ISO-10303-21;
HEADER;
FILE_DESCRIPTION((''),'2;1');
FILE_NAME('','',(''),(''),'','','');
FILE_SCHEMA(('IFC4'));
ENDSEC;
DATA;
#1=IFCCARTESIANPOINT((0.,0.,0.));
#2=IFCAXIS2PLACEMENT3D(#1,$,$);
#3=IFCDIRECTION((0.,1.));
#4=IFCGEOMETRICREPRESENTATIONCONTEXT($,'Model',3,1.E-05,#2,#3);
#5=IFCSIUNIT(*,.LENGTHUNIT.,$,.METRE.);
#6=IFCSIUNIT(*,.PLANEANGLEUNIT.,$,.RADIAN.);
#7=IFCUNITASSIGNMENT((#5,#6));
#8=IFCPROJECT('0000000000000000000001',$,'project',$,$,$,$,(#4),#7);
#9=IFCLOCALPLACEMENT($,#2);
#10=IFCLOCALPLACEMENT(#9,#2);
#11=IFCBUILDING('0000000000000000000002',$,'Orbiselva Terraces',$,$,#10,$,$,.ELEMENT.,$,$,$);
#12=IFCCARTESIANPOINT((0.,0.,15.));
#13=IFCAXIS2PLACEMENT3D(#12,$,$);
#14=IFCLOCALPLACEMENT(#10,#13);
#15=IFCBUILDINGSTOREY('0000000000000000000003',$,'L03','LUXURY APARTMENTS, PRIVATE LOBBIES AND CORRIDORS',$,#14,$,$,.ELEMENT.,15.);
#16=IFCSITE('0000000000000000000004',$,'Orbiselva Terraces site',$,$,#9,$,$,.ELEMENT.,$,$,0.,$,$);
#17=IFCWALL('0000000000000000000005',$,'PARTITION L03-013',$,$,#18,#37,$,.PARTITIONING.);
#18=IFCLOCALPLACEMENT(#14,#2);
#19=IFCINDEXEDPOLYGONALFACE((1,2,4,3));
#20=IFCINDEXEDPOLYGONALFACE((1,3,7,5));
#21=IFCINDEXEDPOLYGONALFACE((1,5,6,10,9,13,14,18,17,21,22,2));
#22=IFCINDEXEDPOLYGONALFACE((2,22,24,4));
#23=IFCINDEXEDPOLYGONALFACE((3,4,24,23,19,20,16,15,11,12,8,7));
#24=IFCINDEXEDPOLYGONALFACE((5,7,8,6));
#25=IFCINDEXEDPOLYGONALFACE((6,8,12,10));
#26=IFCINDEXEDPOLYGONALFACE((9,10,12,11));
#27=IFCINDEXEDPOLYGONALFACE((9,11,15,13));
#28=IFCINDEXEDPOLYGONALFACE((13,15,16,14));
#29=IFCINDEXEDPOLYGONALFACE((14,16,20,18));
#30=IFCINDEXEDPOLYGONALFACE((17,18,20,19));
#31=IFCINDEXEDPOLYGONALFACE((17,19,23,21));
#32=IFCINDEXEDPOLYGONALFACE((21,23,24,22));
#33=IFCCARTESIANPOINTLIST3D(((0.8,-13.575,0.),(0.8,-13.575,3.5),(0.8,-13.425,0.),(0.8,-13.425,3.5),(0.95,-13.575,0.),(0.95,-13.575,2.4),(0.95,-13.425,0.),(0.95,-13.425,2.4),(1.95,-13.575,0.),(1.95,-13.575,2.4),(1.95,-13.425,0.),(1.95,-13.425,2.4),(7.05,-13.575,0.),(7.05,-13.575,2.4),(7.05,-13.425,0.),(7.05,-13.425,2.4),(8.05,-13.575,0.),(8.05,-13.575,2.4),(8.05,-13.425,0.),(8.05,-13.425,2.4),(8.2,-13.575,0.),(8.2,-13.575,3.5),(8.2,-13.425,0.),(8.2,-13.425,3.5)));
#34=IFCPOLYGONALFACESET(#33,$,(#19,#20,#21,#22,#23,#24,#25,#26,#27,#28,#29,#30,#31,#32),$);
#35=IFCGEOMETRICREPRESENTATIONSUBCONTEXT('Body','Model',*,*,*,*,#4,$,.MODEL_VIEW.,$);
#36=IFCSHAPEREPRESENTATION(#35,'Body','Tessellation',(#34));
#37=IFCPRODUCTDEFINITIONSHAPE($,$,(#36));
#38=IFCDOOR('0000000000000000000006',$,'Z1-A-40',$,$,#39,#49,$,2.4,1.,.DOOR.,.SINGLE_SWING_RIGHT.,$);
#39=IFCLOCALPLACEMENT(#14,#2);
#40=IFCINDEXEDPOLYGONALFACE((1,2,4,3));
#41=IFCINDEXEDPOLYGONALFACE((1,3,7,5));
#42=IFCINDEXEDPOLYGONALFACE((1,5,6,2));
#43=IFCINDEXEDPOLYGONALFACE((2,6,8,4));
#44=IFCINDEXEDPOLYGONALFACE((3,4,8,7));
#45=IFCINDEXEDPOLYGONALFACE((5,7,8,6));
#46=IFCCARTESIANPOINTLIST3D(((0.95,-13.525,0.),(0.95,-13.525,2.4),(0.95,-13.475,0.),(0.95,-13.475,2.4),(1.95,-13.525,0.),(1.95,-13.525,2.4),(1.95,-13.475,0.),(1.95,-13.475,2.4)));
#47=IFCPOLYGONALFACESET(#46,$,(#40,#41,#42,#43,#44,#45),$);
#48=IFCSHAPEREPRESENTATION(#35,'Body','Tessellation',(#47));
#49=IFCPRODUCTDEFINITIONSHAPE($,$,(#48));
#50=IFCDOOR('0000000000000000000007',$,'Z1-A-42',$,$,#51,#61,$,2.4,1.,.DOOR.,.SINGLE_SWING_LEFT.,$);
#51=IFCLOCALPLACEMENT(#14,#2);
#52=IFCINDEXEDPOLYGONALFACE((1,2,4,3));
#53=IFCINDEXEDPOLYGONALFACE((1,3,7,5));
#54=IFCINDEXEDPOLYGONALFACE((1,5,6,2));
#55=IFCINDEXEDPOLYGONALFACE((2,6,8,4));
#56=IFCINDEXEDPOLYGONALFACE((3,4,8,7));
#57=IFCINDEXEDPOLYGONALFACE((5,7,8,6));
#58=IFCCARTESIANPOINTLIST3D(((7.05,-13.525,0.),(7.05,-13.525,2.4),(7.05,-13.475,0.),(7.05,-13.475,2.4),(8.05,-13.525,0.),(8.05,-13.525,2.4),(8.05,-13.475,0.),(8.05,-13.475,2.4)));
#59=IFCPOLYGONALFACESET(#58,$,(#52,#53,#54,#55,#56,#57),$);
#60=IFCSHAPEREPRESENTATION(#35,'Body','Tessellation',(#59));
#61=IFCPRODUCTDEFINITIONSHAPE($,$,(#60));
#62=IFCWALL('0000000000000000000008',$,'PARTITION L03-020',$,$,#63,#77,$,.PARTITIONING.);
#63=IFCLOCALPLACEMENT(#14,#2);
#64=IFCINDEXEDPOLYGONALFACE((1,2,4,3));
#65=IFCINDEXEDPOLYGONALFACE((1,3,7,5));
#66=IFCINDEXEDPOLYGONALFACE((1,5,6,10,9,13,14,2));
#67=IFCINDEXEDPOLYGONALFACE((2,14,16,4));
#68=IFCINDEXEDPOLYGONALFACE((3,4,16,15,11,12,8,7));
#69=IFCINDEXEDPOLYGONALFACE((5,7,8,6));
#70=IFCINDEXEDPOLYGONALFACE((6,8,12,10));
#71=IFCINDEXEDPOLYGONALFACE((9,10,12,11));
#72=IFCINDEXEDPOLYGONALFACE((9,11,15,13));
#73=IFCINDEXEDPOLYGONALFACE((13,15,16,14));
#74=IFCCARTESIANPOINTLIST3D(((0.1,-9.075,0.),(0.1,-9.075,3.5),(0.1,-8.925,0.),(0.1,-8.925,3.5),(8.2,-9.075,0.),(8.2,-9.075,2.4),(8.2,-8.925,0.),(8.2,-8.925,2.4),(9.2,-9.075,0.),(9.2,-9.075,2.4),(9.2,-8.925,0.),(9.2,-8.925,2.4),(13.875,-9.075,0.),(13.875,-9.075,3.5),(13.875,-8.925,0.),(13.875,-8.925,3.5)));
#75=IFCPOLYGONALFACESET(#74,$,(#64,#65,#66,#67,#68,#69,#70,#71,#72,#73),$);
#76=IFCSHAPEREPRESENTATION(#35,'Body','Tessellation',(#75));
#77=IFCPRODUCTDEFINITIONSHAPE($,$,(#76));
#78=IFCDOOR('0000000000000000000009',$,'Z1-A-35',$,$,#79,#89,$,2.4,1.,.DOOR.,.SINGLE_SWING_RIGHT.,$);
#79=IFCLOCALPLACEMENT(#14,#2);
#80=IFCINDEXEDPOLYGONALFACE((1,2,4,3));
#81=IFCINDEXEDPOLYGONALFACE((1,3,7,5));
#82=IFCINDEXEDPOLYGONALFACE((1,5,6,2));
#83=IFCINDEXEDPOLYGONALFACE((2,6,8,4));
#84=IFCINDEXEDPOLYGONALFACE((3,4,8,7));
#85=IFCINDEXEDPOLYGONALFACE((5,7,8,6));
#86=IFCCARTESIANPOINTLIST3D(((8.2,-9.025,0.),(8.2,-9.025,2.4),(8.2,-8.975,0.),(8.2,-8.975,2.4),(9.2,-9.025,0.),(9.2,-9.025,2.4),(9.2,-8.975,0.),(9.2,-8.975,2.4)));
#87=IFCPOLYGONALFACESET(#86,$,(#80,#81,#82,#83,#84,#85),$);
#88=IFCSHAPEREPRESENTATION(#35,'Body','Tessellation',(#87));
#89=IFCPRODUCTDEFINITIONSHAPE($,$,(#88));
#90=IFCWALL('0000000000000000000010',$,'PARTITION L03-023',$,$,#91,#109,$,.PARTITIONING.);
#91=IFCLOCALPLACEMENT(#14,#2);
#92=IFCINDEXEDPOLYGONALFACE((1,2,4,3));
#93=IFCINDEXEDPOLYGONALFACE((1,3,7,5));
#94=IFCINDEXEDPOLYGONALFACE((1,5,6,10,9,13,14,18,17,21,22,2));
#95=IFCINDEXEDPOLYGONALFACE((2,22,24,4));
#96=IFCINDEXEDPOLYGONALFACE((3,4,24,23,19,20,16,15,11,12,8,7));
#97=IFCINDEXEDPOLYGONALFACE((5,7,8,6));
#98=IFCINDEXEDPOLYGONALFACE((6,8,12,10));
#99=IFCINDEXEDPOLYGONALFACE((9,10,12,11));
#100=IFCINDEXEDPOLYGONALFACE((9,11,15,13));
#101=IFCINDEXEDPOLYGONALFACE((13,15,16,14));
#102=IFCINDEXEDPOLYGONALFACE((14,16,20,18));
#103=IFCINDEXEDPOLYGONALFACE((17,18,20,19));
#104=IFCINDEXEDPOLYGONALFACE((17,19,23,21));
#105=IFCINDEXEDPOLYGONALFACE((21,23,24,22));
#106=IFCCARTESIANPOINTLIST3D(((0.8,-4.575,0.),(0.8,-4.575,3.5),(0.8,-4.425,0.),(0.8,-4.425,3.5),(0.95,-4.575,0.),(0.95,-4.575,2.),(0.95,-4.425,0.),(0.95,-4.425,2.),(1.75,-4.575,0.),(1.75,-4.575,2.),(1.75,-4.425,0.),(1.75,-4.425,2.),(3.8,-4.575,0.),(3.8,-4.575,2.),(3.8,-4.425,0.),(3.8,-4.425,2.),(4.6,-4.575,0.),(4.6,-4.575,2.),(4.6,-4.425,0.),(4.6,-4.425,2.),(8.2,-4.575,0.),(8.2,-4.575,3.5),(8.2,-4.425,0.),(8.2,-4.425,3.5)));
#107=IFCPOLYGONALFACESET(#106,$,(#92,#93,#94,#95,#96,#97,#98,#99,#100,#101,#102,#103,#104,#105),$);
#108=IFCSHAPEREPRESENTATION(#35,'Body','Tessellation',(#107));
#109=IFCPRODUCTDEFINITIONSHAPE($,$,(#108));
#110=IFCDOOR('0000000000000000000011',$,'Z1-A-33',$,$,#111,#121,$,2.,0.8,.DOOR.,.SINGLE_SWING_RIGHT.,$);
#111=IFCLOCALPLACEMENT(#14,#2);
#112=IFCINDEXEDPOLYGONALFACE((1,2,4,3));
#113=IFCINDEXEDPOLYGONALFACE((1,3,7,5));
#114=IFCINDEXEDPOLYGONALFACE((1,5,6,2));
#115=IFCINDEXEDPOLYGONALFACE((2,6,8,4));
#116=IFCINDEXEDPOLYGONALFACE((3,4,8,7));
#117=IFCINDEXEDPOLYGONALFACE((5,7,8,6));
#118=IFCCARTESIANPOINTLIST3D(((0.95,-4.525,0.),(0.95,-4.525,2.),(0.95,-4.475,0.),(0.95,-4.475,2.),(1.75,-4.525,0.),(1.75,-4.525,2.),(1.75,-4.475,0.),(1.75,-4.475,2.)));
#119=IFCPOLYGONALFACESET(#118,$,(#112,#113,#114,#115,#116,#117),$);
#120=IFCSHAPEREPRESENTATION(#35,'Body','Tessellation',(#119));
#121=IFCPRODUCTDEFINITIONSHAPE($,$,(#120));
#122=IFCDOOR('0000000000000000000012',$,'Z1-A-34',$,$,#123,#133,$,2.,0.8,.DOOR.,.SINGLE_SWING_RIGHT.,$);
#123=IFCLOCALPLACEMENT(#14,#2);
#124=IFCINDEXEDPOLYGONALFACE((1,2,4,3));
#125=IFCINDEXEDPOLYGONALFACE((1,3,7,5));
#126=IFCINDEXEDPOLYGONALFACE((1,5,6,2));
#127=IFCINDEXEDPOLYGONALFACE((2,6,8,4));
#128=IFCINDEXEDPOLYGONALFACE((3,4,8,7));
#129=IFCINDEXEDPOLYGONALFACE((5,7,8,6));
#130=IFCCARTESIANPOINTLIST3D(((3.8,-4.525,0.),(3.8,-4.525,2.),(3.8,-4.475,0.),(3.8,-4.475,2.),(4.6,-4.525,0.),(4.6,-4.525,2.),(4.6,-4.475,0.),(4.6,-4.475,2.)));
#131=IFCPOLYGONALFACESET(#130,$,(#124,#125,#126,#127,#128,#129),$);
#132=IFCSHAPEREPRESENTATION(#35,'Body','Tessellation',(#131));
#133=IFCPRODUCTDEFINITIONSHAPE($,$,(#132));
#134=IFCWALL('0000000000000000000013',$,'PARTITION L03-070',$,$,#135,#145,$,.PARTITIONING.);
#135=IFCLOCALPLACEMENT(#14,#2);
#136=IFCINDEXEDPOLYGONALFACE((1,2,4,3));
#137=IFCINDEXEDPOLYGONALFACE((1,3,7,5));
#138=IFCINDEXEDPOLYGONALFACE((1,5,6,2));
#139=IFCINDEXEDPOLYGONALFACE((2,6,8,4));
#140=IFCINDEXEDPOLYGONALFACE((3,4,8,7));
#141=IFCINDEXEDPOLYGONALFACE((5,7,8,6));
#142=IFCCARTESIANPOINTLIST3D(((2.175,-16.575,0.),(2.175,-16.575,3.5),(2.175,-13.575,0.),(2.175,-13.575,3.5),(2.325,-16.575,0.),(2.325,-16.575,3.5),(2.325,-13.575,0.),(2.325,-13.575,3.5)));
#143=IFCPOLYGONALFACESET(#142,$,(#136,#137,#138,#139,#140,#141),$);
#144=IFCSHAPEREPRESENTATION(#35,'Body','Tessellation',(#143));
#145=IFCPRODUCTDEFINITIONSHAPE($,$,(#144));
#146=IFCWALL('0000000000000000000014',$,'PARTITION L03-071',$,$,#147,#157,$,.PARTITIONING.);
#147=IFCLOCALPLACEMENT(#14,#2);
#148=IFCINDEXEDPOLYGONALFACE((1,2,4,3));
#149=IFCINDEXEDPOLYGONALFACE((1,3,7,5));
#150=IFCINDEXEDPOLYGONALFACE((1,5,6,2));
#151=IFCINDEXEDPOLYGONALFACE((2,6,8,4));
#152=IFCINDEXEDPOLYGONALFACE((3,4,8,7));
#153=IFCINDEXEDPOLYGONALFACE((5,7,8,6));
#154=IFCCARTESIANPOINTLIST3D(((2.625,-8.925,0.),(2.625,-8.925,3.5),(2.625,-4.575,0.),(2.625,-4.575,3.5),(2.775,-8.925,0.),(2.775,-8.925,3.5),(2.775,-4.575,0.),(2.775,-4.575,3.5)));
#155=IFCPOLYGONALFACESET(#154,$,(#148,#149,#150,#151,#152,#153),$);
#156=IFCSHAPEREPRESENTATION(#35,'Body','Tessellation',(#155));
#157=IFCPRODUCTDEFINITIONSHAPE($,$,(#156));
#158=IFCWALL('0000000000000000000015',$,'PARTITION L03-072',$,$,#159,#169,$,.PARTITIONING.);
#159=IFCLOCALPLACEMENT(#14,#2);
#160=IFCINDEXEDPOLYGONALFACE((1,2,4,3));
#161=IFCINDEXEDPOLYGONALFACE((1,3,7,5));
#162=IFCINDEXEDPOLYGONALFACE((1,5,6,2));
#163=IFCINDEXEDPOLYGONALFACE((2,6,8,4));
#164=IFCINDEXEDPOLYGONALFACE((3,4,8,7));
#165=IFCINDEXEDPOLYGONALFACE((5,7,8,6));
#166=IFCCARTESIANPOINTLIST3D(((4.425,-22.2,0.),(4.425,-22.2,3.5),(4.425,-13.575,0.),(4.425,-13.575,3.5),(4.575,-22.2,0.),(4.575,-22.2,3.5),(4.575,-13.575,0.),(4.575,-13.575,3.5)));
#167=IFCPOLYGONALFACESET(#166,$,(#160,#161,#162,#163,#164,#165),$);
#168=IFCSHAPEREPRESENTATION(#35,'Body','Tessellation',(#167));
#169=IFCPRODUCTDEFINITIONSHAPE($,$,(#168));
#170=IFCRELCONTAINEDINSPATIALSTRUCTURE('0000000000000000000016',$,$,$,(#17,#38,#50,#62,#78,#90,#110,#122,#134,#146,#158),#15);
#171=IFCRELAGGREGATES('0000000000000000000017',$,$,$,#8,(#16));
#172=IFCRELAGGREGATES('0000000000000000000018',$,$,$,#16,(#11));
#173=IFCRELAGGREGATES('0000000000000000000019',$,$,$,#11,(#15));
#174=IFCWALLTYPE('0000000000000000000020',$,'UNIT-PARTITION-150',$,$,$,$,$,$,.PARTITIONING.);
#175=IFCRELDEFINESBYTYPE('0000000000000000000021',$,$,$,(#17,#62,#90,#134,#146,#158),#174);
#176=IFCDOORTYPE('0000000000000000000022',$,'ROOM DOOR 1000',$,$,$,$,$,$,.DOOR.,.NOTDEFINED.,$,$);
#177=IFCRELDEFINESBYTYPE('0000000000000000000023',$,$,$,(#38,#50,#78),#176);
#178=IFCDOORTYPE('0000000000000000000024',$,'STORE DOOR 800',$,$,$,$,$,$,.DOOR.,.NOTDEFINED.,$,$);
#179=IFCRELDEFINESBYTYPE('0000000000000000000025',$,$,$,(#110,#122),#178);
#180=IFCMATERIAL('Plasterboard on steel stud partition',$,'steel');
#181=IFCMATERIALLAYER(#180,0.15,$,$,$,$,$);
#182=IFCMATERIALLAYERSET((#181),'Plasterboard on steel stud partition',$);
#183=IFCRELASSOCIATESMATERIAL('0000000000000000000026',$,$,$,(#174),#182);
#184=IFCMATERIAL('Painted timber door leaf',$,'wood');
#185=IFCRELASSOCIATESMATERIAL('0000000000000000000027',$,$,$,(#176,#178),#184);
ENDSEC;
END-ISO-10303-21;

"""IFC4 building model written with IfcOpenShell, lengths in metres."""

from ifc_helpers import new_model, si_unit, direction, frame, frame_2d, origin, place, context, subcontext, project, spatial, rectangle, extrude, material, layer, layer_set, type_object, element, fill, save


model = new_model("IFC4")

# Units and contexts
model_context = context("Model", 3, precision=1e-05, world=origin(), true_north=direction((0.0, 1.0)))
body_context = subcontext(model_context, "Body", "Model", "MODEL_VIEW")
ifc_project = project(units=[si_unit("LENGTHUNIT", "METRE"), si_unit("PLANEANGLEUNIT", "RADIAN")], contexts=[model_context])

# Site, building, storey
site_placement = place(None, origin())
site = spatial("IfcSite", under=ifc_project, at=site_placement, Name="Orbiselva Terraces site", CompositionType="ELEMENT", RefElevation=0.0)
building_placement = place(site_placement, origin())
building = spatial("IfcBuilding", under=site, at=building_placement, Name="Orbiselva Terraces", CompositionType="ELEMENT")
storey_placement = place(building_placement, frame((0.0, 0.0, 15.0)))
storey = spatial("IfcBuildingStorey", under=building, at=storey_placement, Name="L03", Description="LUXURY APARTMENTS, PRIVATE LOBBIES AND CORRIDORS", CompositionType="ELEMENT", Elevation=15.0)

# Shared definitions
ifc_material_1 = material(Name="Plasterboard on steel stud partition", Category="steel")

# Shared definitions
ifc_layer_1 = layer(ifc_material_1, 0.15)
ifc_layer_set_1 = layer_set([ifc_layer_1], Name="Plasterboard on steel stud partition")
wall_type_1 = type_object("IfcWallType", Name="UNIT-PARTITION-150", PredefinedType="PARTITIONING", material=ifc_layer_set_1)
ifc_material_2 = material(Name="Painted timber door leaf", Category="wood")

# Wall, openings, doors
wall_1_placement = place(storey_placement, frame((8.2, -13.5, 0.0), z_axis=(0.0, 0.0, 1.0), x_axis=(-1.0, 0.0, 0.0)))
wall_1 = element("IfcWall", 1, at=wall_1_placement, inside=storey, type_object=wall_type_1, Name="PARTITION L03-013", PredefinedType="PARTITIONING", context=body_context, shape_type="SweptSolid", body=[
    extrude(rectangle(XDim=7.4, YDim=0.15, at=frame_2d((3.7, 0.0))), origin(), (0.0, 0.0, 1.0), 3.5),
])
opening_1_placement = place(wall_1_placement, frame((6.25, 0.0, 0.0)))
opening_1 = element("IfcOpeningElement", 2, at=opening_1_placement, cuts=wall_1, PredefinedType="OPENING", context=body_context, shape_type="SweptSolid", body=[
    extrude(rectangle(XDim=1.0, YDim=2.4, at=frame_2d((0.5, 1.2))), frame((0.0, 0.085, 0.0), z_axis=(0.0, -1.0, 0.0), x_axis=(1.0, 0.0, 0.0)), (0.0, 0.0, 1.0), 0.17),
])
opening_2_placement = place(wall_1_placement, frame((0.15, 0.0, 0.0)))
opening_2 = element("IfcOpeningElement", 3, at=opening_2_placement, cuts=wall_1, PredefinedType="OPENING", context=body_context, shape_type="SweptSolid", body=[
    extrude(rectangle(XDim=1.0, YDim=2.4, at=frame_2d((0.5, 1.2))), frame((0.0, 0.085, 0.0), z_axis=(0.0, -1.0, 0.0), x_axis=(1.0, 0.0, 0.0)), (0.0, 0.0, 1.0), 0.17),
])
door_type_1 = type_object("IfcDoorType", Name="ROOM DOOR 1000", OperationType="NOTDEFINED", PredefinedType="DOOR", material=ifc_material_2)
door_1_placement = place(opening_1_placement, origin())
door_1 = element("IfcDoor", 4, at=door_1_placement, inside=storey, type_object=door_type_1, Name="Z1-A-40", OperationType="SINGLE_SWING_RIGHT", OverallHeight=2.4, OverallWidth=1.0, PredefinedType="DOOR", context=body_context, shape_type="SweptSolid", body=[
    extrude(rectangle(XDim=1.0, YDim=2.4, at=frame_2d((0.5, 1.2))), frame((0.0, 0.025, 0.0), z_axis=(0.0, -1.0, 0.0), x_axis=(1.0, 0.0, 0.0)), (0.0, 0.0, 1.0), 0.05),
])
fill(opening_1, door_1)
door_2_placement = place(opening_2_placement, origin())
door_2 = element("IfcDoor", 5, at=door_2_placement, inside=storey, type_object=door_type_1, Name="Z1-A-42", OperationType="SINGLE_SWING_LEFT", OverallHeight=2.4, OverallWidth=1.0, PredefinedType="DOOR", context=body_context, shape_type="SweptSolid", body=[
    extrude(rectangle(XDim=1.0, YDim=2.4, at=frame_2d((0.5, 1.2))), frame((0.0, 0.025, 0.0), z_axis=(0.0, -1.0, 0.0), x_axis=(1.0, 0.0, 0.0)), (0.0, 0.0, 1.0), 0.05),
])
fill(opening_2, door_2)

# Wall, opening, door
wall_2_placement = place(storey_placement, frame((0.1, -9.0, 0.0), z_axis=(0.0, 0.0, 1.0), x_axis=(1.0, 0.0, 0.0)))
wall_2 = element("IfcWall", 6, at=wall_2_placement, inside=storey, type_object=wall_type_1, Name="PARTITION L03-020", PredefinedType="PARTITIONING", context=body_context, shape_type="SweptSolid", body=[
    extrude(rectangle(XDim=13.775, YDim=0.15, at=frame_2d((6.8875, 0.0))), origin(), (0.0, 0.0, 1.0), 3.5),
])
opening_3_placement = place(wall_2_placement, frame((8.1, 0.0, 0.0)))
opening_3 = element("IfcOpeningElement", 7, at=opening_3_placement, cuts=wall_2, PredefinedType="OPENING", context=body_context, shape_type="SweptSolid", body=[
    extrude(rectangle(XDim=1.0, YDim=2.4, at=frame_2d((0.5, 1.2))), frame((0.0, 0.085, 0.0), z_axis=(0.0, -1.0, 0.0), x_axis=(1.0, 0.0, 0.0)), (0.0, 0.0, 1.0), 0.17),
])
door_3_placement = place(opening_3_placement, origin())
door_3 = element("IfcDoor", 8, at=door_3_placement, inside=storey, type_object=door_type_1, Name="Z1-A-35", OperationType="SINGLE_SWING_RIGHT", OverallHeight=2.4, OverallWidth=1.0, PredefinedType="DOOR", context=body_context, shape_type="SweptSolid", body=[
    extrude(rectangle(XDim=1.0, YDim=2.4, at=frame_2d((0.5, 1.2))), frame((0.0, 0.025, 0.0), z_axis=(0.0, -1.0, 0.0), x_axis=(1.0, 0.0, 0.0)), (0.0, 0.0, 1.0), 0.05),
])
fill(opening_3, door_3)

# Wall, openings, doors
wall_3_placement = place(storey_placement, frame((8.2, -4.5, 0.0), z_axis=(0.0, 0.0, 1.0), x_axis=(-1.0, 0.0, 0.0)))
wall_3 = element("IfcWall", 9, at=wall_3_placement, inside=storey, type_object=wall_type_1, Name="PARTITION L03-023", PredefinedType="PARTITIONING", context=body_context, shape_type="SweptSolid", body=[
    extrude(rectangle(XDim=7.4, YDim=0.15, at=frame_2d((3.7, 0.0))), origin(), (0.0, 0.0, 1.0), 3.5),
])
opening_4_placement = place(wall_3_placement, frame((6.45, 0.0, 0.0)))
opening_4 = element("IfcOpeningElement", 10, at=opening_4_placement, cuts=wall_3, PredefinedType="OPENING", context=body_context, shape_type="SweptSolid", body=[
    extrude(rectangle(XDim=0.8, YDim=2.0, at=frame_2d((0.4, 1.0))), frame((0.0, 0.085, 0.0), z_axis=(0.0, -1.0, 0.0), x_axis=(1.0, 0.0, 0.0)), (0.0, 0.0, 1.0), 0.17),
])
opening_5_placement = place(wall_3_placement, frame((3.6, 0.0, 0.0)))
opening_5 = element("IfcOpeningElement", 11, at=opening_5_placement, cuts=wall_3, PredefinedType="OPENING", context=body_context, shape_type="SweptSolid", body=[
    extrude(rectangle(XDim=0.8, YDim=2.0, at=frame_2d((0.4, 1.0))), frame((0.0, 0.085, 0.0), z_axis=(0.0, -1.0, 0.0), x_axis=(1.0, 0.0, 0.0)), (0.0, 0.0, 1.0), 0.17),
])
door_type_2 = type_object("IfcDoorType", Name="STORE DOOR 800", OperationType="NOTDEFINED", PredefinedType="DOOR", material=ifc_material_2)
door_4_placement = place(opening_4_placement, origin())
door_4 = element("IfcDoor", 12, at=door_4_placement, inside=storey, type_object=door_type_2, Name="Z1-A-33", OperationType="SINGLE_SWING_RIGHT", OverallHeight=2.0, OverallWidth=0.8, PredefinedType="DOOR", context=body_context, shape_type="SweptSolid", body=[
    extrude(rectangle(XDim=0.8, YDim=2.0, at=frame_2d((0.4, 1.0))), frame((0.0, 0.025, 0.0), z_axis=(0.0, -1.0, 0.0), x_axis=(1.0, 0.0, 0.0)), (0.0, 0.0, 1.0), 0.05),
])
fill(opening_4, door_4)
door_5_placement = place(opening_5_placement, origin())
door_5 = element("IfcDoor", 13, at=door_5_placement, inside=storey, type_object=door_type_2, Name="Z1-A-34", OperationType="SINGLE_SWING_RIGHT", OverallHeight=2.0, OverallWidth=0.8, PredefinedType="DOOR", context=body_context, shape_type="SweptSolid", body=[
    extrude(rectangle(XDim=0.8, YDim=2.0, at=frame_2d((0.4, 1.0))), frame((0.0, 0.025, 0.0), z_axis=(0.0, -1.0, 0.0), x_axis=(1.0, 0.0, 0.0)), (0.0, 0.0, 1.0), 0.05),
])
fill(opening_5, door_5)

# Walls
wall_4_placement = place(storey_placement, frame((2.25, -16.575, 0.0), z_axis=(0.0, 0.0, 1.0), x_axis=(0.0, 1.0, 0.0)))
element("IfcWall", 14, at=wall_4_placement, inside=storey, type_object=wall_type_1, Name="PARTITION L03-070", PredefinedType="PARTITIONING", context=body_context, shape_type="SweptSolid", body=[
    extrude(rectangle(XDim=3.0, YDim=0.15, at=frame_2d((1.5, 0.0))), origin(), (0.0, 0.0, 1.0), 3.5),
])
wall_5_placement = place(storey_placement, frame((2.7, -8.925, 0.0), z_axis=(0.0, 0.0, 1.0), x_axis=(0.0, 1.0, 0.0)))
element("IfcWall", 15, at=wall_5_placement, inside=storey, type_object=wall_type_1, Name="PARTITION L03-071", PredefinedType="PARTITIONING", context=body_context, shape_type="SweptSolid", body=[
    extrude(rectangle(XDim=4.35, YDim=0.15, at=frame_2d((2.175, 0.0))), origin(), (0.0, 0.0, 1.0), 3.5),
])
wall_6_placement = place(storey_placement, frame((4.5, -22.2, 0.0), z_axis=(0.0, 0.0, 1.0), x_axis=(0.0, 1.0, 0.0)))
element("IfcWall", 16, at=wall_6_placement, inside=storey, type_object=wall_type_1, Name="PARTITION L03-072", PredefinedType="PARTITIONING", context=body_context, shape_type="SweptSolid", body=[
    extrude(rectangle(XDim=8.625, YDim=0.15, at=frame_2d((4.3125, 0.0))), origin(), (0.0, 0.0, 1.0), 3.5),
])

save(model, "model.ifc")
